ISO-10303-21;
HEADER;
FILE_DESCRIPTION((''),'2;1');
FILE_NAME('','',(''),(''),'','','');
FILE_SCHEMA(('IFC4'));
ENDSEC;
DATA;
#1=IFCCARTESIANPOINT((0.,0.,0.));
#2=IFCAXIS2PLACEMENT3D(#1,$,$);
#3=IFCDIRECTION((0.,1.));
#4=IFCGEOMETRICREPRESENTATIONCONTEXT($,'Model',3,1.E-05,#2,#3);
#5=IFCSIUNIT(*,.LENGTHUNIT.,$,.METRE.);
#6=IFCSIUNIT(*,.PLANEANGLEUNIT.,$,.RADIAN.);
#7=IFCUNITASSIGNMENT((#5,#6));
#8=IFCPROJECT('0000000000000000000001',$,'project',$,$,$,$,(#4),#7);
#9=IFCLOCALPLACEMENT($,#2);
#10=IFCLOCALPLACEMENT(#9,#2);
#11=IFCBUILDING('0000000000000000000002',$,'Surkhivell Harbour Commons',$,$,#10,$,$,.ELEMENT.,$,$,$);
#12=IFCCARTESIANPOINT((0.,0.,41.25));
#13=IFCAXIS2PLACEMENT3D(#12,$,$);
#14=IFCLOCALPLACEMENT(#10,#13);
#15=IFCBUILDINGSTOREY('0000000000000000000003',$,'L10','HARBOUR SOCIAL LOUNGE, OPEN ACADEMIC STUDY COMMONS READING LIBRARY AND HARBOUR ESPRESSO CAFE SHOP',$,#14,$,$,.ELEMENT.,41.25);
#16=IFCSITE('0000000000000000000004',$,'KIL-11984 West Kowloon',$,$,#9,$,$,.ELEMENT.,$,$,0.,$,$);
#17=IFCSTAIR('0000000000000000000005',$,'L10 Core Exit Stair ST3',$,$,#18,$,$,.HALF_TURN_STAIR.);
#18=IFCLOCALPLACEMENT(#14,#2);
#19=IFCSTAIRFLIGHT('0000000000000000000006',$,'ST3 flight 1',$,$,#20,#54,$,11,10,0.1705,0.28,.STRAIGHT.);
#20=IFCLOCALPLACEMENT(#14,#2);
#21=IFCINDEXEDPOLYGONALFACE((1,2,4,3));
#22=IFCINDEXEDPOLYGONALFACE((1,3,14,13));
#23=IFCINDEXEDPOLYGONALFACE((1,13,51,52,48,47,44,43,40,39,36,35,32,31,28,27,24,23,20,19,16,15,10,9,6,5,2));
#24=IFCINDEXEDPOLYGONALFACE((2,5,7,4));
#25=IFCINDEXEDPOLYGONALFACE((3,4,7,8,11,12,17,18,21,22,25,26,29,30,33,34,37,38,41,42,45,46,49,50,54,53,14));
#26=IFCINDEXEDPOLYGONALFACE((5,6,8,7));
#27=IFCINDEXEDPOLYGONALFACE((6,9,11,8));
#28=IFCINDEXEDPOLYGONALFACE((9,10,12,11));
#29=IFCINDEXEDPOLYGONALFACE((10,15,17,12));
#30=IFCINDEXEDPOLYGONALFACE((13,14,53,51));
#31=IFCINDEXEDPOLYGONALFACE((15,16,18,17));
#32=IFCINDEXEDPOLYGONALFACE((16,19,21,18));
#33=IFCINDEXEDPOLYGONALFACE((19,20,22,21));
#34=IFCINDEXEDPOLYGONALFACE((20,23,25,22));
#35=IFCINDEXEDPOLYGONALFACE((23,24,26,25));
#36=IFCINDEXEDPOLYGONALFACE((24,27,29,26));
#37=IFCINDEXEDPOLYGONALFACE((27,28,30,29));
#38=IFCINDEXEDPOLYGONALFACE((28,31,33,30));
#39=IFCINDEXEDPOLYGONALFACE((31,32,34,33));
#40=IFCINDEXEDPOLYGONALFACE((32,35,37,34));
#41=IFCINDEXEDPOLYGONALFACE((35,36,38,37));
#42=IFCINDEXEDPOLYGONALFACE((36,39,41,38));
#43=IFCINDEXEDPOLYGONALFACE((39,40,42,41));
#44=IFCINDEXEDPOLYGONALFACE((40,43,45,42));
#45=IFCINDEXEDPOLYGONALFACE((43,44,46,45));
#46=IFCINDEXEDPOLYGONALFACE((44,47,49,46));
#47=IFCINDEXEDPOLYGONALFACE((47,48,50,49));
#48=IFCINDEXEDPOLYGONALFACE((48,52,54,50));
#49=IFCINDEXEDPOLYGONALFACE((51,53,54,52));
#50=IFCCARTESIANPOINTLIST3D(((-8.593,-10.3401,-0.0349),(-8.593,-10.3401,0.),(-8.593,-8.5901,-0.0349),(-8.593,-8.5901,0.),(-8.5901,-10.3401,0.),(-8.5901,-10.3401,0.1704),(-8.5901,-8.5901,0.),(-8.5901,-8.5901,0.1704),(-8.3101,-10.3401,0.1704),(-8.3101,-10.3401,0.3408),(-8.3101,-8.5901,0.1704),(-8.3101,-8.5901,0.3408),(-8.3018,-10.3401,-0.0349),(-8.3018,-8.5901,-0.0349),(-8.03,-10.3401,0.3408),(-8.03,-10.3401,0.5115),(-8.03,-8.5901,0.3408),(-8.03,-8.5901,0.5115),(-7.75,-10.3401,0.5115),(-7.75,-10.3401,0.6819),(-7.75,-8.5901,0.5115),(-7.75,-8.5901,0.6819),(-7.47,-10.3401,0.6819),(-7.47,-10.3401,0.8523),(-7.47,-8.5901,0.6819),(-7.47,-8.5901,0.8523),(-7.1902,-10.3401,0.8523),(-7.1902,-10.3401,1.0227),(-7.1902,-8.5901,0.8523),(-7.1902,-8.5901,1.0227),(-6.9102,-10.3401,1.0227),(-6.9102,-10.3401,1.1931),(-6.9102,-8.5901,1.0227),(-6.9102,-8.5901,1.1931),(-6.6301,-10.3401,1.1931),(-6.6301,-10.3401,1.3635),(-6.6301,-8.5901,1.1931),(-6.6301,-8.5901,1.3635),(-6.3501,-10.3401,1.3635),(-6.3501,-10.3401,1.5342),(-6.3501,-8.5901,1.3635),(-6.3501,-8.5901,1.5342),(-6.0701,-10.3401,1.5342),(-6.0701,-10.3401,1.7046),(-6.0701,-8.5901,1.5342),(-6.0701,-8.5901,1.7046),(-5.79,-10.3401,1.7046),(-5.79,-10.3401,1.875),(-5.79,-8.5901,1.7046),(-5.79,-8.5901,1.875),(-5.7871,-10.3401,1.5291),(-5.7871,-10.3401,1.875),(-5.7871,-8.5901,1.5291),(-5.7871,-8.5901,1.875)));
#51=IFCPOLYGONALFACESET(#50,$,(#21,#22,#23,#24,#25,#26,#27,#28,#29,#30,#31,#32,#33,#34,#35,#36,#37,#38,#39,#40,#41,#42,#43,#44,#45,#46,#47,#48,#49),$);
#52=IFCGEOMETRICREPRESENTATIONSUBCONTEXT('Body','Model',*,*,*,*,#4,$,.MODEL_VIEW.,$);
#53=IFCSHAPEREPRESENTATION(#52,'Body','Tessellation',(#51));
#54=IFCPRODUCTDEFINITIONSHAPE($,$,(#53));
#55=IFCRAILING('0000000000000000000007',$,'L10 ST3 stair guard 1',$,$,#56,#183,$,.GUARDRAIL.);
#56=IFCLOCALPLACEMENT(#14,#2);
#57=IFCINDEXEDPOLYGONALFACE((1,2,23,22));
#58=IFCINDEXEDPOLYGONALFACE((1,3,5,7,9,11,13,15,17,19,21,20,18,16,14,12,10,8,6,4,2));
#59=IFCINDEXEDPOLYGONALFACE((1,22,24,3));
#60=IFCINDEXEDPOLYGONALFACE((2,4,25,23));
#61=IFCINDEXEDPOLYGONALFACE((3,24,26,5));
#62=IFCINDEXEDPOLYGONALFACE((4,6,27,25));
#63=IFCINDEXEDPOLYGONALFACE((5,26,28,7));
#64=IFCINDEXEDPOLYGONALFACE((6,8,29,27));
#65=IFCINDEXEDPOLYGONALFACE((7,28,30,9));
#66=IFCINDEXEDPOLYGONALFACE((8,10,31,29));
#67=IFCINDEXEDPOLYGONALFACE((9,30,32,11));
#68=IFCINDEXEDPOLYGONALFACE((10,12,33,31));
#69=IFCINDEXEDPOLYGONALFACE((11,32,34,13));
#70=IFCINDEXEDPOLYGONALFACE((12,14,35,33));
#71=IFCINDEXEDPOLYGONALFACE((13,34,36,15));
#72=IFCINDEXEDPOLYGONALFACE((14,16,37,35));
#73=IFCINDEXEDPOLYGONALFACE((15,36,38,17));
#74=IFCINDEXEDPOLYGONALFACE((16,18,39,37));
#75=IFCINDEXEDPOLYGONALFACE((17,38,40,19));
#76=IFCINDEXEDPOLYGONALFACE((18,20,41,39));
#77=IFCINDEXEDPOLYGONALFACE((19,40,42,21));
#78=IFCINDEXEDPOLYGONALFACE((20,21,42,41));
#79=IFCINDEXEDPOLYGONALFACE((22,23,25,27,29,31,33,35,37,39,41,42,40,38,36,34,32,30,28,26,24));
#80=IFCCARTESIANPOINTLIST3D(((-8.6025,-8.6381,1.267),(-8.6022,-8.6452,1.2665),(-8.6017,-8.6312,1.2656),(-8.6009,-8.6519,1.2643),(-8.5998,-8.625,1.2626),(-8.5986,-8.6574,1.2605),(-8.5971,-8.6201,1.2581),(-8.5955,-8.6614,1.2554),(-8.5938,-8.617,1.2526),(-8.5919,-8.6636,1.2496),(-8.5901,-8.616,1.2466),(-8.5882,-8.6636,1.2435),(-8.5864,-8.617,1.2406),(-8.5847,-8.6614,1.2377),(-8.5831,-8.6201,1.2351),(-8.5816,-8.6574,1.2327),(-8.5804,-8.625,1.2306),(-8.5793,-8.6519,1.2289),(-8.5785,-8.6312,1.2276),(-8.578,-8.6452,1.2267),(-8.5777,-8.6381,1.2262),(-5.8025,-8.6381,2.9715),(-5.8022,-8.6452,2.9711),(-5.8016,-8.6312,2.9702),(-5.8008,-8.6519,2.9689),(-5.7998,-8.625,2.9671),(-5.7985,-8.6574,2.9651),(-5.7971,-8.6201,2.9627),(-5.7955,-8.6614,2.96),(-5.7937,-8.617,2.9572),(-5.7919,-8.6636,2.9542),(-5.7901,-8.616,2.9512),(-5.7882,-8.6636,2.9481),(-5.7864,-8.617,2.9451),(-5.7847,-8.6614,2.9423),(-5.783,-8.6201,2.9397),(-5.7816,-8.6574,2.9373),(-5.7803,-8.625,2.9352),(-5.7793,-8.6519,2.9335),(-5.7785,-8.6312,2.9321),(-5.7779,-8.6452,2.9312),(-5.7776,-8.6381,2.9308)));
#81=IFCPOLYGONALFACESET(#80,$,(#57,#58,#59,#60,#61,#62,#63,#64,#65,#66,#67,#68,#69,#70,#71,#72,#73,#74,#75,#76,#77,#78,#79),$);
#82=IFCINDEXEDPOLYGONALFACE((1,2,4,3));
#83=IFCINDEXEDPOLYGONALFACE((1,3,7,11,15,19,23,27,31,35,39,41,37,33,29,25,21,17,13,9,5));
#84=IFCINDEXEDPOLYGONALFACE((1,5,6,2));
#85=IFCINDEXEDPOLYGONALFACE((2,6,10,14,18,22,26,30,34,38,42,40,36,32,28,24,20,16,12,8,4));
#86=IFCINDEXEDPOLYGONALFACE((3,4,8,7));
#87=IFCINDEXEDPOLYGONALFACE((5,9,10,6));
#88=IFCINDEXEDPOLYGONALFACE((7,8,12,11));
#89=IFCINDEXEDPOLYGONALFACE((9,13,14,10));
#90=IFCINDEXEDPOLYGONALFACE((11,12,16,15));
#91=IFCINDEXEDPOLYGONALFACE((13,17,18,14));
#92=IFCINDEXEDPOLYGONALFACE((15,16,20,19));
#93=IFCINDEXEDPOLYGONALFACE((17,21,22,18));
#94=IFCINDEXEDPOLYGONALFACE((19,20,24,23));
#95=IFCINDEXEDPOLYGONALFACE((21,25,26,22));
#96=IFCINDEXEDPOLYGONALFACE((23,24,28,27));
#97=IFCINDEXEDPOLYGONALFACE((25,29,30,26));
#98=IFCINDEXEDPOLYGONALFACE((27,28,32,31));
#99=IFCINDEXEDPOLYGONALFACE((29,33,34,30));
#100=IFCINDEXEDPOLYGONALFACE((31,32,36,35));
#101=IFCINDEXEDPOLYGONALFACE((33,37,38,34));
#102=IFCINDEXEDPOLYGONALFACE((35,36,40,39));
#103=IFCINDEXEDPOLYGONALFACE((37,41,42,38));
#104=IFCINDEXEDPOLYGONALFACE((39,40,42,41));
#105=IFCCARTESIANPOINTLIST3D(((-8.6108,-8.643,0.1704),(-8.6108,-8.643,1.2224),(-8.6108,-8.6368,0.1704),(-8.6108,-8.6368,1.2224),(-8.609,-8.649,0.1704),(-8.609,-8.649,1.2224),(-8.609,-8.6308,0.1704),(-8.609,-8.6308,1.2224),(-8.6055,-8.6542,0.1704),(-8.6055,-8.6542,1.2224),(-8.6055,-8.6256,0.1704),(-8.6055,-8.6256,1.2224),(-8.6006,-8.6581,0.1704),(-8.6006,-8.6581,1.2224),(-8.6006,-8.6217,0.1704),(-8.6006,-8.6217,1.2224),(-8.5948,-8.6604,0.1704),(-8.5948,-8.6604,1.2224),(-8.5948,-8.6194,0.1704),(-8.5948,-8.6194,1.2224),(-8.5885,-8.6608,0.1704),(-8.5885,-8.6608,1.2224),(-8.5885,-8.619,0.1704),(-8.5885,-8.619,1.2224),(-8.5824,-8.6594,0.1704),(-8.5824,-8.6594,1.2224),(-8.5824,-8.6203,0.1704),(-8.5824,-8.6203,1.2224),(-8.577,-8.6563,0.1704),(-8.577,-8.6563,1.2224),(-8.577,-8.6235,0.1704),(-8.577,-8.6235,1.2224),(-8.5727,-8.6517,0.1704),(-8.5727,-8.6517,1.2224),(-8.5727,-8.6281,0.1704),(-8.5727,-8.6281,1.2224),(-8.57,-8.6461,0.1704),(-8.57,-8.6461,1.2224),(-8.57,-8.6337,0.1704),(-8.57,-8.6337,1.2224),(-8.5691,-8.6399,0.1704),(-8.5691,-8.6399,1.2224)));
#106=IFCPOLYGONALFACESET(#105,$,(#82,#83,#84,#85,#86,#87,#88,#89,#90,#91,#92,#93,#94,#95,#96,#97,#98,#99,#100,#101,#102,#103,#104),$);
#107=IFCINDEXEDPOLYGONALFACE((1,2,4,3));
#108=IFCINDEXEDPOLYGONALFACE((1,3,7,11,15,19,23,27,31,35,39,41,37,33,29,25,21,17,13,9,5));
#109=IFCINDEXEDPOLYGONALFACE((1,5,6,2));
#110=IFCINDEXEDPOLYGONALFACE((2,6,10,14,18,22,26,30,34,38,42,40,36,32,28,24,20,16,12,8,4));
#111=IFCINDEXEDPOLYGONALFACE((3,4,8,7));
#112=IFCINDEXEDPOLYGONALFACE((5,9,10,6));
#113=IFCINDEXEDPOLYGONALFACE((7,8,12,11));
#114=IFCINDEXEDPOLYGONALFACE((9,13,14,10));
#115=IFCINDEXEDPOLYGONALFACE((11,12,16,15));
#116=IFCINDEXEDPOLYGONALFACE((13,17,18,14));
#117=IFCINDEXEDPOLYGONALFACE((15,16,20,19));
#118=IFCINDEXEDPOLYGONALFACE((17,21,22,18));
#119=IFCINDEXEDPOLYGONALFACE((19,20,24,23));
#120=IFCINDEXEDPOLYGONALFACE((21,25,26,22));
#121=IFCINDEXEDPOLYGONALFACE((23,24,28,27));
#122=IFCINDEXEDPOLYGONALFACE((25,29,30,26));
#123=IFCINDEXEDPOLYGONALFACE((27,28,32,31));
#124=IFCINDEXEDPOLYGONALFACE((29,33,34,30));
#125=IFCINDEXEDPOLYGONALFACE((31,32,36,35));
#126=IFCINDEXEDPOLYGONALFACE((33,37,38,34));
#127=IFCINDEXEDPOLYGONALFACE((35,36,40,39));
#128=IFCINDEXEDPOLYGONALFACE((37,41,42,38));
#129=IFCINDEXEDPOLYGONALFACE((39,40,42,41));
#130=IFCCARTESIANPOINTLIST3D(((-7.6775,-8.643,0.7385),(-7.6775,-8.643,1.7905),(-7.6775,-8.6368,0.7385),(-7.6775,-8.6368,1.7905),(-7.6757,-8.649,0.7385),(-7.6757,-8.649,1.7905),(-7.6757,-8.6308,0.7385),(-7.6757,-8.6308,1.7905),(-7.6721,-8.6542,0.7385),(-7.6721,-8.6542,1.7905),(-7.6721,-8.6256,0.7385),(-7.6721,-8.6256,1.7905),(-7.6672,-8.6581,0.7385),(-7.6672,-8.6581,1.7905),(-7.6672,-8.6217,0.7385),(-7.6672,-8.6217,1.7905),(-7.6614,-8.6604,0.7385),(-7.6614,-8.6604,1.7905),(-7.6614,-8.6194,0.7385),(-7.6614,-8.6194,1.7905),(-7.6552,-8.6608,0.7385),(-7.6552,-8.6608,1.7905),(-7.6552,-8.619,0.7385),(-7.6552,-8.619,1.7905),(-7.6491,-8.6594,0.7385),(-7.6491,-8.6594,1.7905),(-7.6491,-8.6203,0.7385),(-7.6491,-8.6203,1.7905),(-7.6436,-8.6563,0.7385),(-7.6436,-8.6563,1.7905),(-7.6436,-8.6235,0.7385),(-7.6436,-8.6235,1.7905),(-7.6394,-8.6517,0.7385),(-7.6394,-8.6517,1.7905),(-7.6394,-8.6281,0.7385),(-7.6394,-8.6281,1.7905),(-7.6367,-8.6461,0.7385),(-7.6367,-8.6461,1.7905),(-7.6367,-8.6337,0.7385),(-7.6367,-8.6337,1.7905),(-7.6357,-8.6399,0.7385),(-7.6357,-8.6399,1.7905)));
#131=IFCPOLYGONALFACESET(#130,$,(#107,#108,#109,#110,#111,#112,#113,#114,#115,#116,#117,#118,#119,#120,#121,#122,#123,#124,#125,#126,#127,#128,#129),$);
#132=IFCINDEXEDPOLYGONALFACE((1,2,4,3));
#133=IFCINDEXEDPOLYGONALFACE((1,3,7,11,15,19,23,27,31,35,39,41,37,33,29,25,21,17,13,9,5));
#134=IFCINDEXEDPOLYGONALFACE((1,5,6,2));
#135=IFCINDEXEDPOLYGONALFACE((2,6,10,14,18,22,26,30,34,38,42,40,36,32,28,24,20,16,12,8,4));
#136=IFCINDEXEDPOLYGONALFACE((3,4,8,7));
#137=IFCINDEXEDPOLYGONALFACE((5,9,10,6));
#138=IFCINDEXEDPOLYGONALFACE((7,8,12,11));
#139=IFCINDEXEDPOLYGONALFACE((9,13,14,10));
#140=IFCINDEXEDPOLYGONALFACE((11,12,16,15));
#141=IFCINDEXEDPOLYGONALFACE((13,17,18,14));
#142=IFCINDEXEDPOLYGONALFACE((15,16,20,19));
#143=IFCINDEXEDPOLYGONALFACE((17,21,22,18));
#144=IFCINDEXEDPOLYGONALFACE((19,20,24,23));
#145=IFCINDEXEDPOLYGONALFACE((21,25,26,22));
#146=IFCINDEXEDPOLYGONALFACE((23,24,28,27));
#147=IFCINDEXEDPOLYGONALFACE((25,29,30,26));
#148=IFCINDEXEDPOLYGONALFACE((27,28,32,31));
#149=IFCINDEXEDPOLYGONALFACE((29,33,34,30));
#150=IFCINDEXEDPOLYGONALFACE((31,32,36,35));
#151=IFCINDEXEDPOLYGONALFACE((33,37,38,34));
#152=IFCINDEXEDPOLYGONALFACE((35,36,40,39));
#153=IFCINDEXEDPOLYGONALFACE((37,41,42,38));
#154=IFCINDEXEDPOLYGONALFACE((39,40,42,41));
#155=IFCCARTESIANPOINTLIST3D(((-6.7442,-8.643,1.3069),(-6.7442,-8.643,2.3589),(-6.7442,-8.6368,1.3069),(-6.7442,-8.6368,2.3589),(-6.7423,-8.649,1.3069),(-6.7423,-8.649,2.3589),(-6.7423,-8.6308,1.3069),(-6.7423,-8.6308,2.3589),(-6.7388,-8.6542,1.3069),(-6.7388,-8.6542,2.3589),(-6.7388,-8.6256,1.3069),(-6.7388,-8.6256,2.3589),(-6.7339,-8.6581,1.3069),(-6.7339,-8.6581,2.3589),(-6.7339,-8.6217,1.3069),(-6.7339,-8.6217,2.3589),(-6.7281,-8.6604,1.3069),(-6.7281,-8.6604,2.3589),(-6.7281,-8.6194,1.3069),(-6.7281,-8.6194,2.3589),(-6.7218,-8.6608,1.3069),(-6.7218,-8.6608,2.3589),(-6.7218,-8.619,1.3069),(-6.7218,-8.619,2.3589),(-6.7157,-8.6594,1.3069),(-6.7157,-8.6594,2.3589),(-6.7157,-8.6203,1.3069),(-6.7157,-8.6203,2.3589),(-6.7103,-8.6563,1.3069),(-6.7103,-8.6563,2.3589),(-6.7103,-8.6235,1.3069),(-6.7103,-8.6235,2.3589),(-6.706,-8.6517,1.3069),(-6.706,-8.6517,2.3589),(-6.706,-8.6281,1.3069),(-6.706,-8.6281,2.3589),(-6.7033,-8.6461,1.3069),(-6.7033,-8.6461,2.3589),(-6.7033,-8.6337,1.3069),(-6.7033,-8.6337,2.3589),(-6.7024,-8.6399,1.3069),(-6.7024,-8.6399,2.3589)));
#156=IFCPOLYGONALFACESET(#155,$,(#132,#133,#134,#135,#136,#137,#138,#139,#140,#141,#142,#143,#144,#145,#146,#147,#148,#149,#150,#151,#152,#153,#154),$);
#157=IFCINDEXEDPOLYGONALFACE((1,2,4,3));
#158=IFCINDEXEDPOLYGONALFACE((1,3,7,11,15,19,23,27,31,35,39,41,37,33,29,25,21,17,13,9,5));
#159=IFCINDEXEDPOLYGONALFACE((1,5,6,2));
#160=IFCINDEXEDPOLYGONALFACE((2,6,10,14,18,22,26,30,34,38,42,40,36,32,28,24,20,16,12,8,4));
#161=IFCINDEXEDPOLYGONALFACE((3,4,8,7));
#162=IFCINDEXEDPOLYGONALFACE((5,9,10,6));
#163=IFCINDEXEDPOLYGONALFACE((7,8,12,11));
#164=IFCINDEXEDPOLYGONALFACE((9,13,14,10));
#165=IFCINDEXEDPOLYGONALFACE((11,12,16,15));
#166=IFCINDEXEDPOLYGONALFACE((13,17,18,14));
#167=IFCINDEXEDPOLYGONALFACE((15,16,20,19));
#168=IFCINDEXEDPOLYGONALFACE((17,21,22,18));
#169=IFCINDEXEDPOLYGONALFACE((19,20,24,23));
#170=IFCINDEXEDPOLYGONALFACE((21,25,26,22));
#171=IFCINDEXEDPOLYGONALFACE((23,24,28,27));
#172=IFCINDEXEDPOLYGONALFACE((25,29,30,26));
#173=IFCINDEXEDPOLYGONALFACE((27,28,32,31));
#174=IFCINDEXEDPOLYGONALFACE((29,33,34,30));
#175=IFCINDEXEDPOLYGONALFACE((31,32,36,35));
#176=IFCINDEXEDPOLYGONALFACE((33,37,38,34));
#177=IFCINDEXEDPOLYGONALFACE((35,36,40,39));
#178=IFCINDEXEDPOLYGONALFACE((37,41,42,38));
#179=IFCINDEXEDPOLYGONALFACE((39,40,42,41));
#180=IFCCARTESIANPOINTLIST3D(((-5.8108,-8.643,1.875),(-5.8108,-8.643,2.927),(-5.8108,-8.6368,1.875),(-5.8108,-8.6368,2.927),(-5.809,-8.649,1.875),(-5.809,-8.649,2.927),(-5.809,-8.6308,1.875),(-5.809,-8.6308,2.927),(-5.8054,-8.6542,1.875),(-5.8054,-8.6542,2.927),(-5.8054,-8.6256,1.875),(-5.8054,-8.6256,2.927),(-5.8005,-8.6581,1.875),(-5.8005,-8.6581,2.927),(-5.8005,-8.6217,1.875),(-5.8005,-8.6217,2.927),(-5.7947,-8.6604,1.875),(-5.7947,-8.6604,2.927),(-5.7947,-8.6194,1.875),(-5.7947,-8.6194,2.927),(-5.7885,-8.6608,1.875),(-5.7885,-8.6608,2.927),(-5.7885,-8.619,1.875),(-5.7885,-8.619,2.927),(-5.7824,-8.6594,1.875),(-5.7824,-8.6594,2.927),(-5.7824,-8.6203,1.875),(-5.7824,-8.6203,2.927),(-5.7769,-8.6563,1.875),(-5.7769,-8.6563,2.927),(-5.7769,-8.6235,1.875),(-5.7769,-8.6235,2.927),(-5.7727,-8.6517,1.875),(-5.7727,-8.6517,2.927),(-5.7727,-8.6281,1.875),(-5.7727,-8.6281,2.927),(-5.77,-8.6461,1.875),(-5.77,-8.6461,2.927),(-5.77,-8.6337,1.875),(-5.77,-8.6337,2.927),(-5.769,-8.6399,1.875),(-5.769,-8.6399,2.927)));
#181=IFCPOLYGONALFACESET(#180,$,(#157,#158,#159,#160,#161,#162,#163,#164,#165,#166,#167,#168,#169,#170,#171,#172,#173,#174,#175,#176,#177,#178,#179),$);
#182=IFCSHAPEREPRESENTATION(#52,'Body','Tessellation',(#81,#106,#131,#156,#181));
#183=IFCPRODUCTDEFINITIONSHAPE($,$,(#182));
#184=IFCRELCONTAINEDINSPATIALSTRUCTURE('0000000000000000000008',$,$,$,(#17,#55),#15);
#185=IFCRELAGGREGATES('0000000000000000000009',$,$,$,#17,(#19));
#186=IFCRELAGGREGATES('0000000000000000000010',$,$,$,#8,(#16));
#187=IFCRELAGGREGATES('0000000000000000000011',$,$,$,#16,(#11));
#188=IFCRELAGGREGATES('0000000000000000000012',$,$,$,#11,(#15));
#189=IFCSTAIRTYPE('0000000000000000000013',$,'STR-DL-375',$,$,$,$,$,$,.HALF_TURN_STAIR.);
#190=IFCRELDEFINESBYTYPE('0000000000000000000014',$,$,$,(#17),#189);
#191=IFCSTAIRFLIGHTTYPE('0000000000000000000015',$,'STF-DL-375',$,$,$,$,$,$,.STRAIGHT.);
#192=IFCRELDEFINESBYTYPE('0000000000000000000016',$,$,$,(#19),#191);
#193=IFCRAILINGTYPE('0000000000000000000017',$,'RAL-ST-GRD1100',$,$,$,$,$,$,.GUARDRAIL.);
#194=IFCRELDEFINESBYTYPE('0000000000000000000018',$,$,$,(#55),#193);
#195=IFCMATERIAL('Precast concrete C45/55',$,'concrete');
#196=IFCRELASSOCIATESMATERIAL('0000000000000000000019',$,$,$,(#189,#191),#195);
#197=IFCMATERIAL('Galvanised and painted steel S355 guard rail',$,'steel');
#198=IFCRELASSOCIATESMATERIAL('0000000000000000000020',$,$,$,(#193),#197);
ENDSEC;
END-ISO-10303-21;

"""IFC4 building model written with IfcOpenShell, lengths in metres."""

from ifc_helpers import new_model, si_unit, direction, frame, origin, origin_2d, place, context, subcontext, project, spatial, polyline, circle, outline, extrude, material, type_object, element, aggregate, save


model = new_model("IFC4")

# Units and contexts
model_context = context("Model", 3, precision=1e-05, world=origin(), true_north=direction((0.0, 1.0)))
body_context = subcontext(model_context, "Body", "Model", "MODEL_VIEW")
ifc_project = project(units=[si_unit("LENGTHUNIT", "METRE"), si_unit("PLANEANGLEUNIT", "RADIAN")], contexts=[model_context])

# Site, building, storey
site_placement = place(None, origin())
site = spatial("IfcSite", under=ifc_project, at=site_placement, Name="KIL-11984 West Kowloon", CompositionType="ELEMENT", RefElevation=0.0)
building_placement = place(site_placement, origin())
building = spatial("IfcBuilding", under=site, at=building_placement, Name="Surkhivell Harbour Commons", CompositionType="ELEMENT")
storey_placement = place(building_placement, frame((0.0, 0.0, 41.25)))
storey = spatial("IfcBuildingStorey", under=building, at=storey_placement, Name="L10", Description="HARBOUR SOCIAL LOUNGE, OPEN ACADEMIC STUDY COMMONS READING LIBRARY AND HARBOUR ESPRESSO CAFE SHOP", CompositionType="ELEMENT", Elevation=41.25)

# Stair, stair flight
ifc_material_1 = material(Name="Precast concrete C45/55", Category="concrete")
stair_type = type_object("IfcStairType", Name="STR-DL-375", PredefinedType="HALF_TURN_STAIR", material=ifc_material_1)
stair_placement = place(storey_placement, origin())
stair = element("IfcStair", 1, at=stair_placement, inside=storey, type_object=stair_type, Name="L10 Core Exit Stair ST3", PredefinedType="HALF_TURN_STAIR")
stair_flight_type = type_object("IfcStairFlightType", Name="STF-DL-375", PredefinedType="STRAIGHT", material=ifc_material_1)
stair_flight_placement = place(storey_placement, frame((-8.5901, -9.4651, 0.0), z_axis=(0.0, 0.0, 1.0), x_axis=(1.0, 0.0, 0.0)))
stair_flight = element("IfcStairFlight", 2, at=stair_flight_placement, type_object=stair_flight_type, Name="ST3 flight 1", NumberOfRisers=11, NumberOfTreads=10, PredefinedType="STRAIGHT", RiserHeight=0.1705, TreadLength=0.28, context=body_context, shape_type="SweptSolid", body=[
    extrude(outline(polyline([(-0.0029, -0.0349), (-0.0029, 0.0), (0.0, 0.0), (0.0, 0.1704), (0.28, 0.1704), (0.28, 0.3408), (0.5601, 0.3408), (0.5601, 0.5115), (0.8401, 0.5115), (0.8401, 0.6819), (1.1201, 0.6819), (1.1201, 0.8523), (1.3999, 0.8523), (1.3999, 1.0227), (1.6799, 1.0227), (1.6799, 1.1931), (1.96, 1.1931), (1.96, 1.3635), (2.24, 1.3635), (2.24, 1.5342), (2.52, 1.5342), (2.52, 1.7046), (2.8, 1.7046), (2.8, 1.875), (2.803, 1.875), (2.803, 1.5291), (0.2883, -0.0349), (-0.0029, -0.0349)])), frame((0.0, 0.875, 0.0), z_axis=(0.0, -1.0, 0.0), x_axis=(1.0, 0.0, 0.0)), (0.0, 0.0, 1.0), 1.75),
])
aggregate(stair, [stair_flight])

# Railing
ifc_material_2 = material(Name="Galvanised and painted steel S355 guard rail", Category="steel")
railing_type_1 = type_object("IfcRailingType", Name="RAL-ST-GRD1100", PredefinedType="GUARDRAIL", material=ifc_material_2)
railing_1_placement = place(storey_placement, frame((-8.5901, -8.6399, 0.1704)))
element("IfcRailing", 3, at=railing_1_placement, inside=storey, type_object=railing_type_1, Name="L10 ST3 stair guard 1", PredefinedType="GUARDRAIL", context=body_context, shape_type="SweptSolid", body=[
    extrude(circle(Radius=0.0239, at=origin_2d()), frame((0.0, 0.0, 1.0762), z_axis=(0.85417, 0.0, 0.519994), x_axis=(0.0, 1.0, 0.0)), (0.0, 0.0, 1.0), 3.2781),
    extrude(circle(Radius=0.021, at=origin_2d()), origin(), (0.0, 0.0, 1.0), 1.052),
    extrude(circle(Radius=0.021, at=origin_2d()), frame((0.9333, 0.0, 0.5681)), (0.0, 0.0, 1.0), 1.052),
    extrude(circle(Radius=0.021, at=origin_2d()), frame((1.8667, 0.0, 1.1365)), (0.0, 0.0, 1.0), 1.052),
    extrude(circle(Radius=0.021, at=origin_2d()), frame((2.8, 0.0, 1.7046)), (0.0, 0.0, 1.0), 1.052),
])

save(model, "model.ifc")
